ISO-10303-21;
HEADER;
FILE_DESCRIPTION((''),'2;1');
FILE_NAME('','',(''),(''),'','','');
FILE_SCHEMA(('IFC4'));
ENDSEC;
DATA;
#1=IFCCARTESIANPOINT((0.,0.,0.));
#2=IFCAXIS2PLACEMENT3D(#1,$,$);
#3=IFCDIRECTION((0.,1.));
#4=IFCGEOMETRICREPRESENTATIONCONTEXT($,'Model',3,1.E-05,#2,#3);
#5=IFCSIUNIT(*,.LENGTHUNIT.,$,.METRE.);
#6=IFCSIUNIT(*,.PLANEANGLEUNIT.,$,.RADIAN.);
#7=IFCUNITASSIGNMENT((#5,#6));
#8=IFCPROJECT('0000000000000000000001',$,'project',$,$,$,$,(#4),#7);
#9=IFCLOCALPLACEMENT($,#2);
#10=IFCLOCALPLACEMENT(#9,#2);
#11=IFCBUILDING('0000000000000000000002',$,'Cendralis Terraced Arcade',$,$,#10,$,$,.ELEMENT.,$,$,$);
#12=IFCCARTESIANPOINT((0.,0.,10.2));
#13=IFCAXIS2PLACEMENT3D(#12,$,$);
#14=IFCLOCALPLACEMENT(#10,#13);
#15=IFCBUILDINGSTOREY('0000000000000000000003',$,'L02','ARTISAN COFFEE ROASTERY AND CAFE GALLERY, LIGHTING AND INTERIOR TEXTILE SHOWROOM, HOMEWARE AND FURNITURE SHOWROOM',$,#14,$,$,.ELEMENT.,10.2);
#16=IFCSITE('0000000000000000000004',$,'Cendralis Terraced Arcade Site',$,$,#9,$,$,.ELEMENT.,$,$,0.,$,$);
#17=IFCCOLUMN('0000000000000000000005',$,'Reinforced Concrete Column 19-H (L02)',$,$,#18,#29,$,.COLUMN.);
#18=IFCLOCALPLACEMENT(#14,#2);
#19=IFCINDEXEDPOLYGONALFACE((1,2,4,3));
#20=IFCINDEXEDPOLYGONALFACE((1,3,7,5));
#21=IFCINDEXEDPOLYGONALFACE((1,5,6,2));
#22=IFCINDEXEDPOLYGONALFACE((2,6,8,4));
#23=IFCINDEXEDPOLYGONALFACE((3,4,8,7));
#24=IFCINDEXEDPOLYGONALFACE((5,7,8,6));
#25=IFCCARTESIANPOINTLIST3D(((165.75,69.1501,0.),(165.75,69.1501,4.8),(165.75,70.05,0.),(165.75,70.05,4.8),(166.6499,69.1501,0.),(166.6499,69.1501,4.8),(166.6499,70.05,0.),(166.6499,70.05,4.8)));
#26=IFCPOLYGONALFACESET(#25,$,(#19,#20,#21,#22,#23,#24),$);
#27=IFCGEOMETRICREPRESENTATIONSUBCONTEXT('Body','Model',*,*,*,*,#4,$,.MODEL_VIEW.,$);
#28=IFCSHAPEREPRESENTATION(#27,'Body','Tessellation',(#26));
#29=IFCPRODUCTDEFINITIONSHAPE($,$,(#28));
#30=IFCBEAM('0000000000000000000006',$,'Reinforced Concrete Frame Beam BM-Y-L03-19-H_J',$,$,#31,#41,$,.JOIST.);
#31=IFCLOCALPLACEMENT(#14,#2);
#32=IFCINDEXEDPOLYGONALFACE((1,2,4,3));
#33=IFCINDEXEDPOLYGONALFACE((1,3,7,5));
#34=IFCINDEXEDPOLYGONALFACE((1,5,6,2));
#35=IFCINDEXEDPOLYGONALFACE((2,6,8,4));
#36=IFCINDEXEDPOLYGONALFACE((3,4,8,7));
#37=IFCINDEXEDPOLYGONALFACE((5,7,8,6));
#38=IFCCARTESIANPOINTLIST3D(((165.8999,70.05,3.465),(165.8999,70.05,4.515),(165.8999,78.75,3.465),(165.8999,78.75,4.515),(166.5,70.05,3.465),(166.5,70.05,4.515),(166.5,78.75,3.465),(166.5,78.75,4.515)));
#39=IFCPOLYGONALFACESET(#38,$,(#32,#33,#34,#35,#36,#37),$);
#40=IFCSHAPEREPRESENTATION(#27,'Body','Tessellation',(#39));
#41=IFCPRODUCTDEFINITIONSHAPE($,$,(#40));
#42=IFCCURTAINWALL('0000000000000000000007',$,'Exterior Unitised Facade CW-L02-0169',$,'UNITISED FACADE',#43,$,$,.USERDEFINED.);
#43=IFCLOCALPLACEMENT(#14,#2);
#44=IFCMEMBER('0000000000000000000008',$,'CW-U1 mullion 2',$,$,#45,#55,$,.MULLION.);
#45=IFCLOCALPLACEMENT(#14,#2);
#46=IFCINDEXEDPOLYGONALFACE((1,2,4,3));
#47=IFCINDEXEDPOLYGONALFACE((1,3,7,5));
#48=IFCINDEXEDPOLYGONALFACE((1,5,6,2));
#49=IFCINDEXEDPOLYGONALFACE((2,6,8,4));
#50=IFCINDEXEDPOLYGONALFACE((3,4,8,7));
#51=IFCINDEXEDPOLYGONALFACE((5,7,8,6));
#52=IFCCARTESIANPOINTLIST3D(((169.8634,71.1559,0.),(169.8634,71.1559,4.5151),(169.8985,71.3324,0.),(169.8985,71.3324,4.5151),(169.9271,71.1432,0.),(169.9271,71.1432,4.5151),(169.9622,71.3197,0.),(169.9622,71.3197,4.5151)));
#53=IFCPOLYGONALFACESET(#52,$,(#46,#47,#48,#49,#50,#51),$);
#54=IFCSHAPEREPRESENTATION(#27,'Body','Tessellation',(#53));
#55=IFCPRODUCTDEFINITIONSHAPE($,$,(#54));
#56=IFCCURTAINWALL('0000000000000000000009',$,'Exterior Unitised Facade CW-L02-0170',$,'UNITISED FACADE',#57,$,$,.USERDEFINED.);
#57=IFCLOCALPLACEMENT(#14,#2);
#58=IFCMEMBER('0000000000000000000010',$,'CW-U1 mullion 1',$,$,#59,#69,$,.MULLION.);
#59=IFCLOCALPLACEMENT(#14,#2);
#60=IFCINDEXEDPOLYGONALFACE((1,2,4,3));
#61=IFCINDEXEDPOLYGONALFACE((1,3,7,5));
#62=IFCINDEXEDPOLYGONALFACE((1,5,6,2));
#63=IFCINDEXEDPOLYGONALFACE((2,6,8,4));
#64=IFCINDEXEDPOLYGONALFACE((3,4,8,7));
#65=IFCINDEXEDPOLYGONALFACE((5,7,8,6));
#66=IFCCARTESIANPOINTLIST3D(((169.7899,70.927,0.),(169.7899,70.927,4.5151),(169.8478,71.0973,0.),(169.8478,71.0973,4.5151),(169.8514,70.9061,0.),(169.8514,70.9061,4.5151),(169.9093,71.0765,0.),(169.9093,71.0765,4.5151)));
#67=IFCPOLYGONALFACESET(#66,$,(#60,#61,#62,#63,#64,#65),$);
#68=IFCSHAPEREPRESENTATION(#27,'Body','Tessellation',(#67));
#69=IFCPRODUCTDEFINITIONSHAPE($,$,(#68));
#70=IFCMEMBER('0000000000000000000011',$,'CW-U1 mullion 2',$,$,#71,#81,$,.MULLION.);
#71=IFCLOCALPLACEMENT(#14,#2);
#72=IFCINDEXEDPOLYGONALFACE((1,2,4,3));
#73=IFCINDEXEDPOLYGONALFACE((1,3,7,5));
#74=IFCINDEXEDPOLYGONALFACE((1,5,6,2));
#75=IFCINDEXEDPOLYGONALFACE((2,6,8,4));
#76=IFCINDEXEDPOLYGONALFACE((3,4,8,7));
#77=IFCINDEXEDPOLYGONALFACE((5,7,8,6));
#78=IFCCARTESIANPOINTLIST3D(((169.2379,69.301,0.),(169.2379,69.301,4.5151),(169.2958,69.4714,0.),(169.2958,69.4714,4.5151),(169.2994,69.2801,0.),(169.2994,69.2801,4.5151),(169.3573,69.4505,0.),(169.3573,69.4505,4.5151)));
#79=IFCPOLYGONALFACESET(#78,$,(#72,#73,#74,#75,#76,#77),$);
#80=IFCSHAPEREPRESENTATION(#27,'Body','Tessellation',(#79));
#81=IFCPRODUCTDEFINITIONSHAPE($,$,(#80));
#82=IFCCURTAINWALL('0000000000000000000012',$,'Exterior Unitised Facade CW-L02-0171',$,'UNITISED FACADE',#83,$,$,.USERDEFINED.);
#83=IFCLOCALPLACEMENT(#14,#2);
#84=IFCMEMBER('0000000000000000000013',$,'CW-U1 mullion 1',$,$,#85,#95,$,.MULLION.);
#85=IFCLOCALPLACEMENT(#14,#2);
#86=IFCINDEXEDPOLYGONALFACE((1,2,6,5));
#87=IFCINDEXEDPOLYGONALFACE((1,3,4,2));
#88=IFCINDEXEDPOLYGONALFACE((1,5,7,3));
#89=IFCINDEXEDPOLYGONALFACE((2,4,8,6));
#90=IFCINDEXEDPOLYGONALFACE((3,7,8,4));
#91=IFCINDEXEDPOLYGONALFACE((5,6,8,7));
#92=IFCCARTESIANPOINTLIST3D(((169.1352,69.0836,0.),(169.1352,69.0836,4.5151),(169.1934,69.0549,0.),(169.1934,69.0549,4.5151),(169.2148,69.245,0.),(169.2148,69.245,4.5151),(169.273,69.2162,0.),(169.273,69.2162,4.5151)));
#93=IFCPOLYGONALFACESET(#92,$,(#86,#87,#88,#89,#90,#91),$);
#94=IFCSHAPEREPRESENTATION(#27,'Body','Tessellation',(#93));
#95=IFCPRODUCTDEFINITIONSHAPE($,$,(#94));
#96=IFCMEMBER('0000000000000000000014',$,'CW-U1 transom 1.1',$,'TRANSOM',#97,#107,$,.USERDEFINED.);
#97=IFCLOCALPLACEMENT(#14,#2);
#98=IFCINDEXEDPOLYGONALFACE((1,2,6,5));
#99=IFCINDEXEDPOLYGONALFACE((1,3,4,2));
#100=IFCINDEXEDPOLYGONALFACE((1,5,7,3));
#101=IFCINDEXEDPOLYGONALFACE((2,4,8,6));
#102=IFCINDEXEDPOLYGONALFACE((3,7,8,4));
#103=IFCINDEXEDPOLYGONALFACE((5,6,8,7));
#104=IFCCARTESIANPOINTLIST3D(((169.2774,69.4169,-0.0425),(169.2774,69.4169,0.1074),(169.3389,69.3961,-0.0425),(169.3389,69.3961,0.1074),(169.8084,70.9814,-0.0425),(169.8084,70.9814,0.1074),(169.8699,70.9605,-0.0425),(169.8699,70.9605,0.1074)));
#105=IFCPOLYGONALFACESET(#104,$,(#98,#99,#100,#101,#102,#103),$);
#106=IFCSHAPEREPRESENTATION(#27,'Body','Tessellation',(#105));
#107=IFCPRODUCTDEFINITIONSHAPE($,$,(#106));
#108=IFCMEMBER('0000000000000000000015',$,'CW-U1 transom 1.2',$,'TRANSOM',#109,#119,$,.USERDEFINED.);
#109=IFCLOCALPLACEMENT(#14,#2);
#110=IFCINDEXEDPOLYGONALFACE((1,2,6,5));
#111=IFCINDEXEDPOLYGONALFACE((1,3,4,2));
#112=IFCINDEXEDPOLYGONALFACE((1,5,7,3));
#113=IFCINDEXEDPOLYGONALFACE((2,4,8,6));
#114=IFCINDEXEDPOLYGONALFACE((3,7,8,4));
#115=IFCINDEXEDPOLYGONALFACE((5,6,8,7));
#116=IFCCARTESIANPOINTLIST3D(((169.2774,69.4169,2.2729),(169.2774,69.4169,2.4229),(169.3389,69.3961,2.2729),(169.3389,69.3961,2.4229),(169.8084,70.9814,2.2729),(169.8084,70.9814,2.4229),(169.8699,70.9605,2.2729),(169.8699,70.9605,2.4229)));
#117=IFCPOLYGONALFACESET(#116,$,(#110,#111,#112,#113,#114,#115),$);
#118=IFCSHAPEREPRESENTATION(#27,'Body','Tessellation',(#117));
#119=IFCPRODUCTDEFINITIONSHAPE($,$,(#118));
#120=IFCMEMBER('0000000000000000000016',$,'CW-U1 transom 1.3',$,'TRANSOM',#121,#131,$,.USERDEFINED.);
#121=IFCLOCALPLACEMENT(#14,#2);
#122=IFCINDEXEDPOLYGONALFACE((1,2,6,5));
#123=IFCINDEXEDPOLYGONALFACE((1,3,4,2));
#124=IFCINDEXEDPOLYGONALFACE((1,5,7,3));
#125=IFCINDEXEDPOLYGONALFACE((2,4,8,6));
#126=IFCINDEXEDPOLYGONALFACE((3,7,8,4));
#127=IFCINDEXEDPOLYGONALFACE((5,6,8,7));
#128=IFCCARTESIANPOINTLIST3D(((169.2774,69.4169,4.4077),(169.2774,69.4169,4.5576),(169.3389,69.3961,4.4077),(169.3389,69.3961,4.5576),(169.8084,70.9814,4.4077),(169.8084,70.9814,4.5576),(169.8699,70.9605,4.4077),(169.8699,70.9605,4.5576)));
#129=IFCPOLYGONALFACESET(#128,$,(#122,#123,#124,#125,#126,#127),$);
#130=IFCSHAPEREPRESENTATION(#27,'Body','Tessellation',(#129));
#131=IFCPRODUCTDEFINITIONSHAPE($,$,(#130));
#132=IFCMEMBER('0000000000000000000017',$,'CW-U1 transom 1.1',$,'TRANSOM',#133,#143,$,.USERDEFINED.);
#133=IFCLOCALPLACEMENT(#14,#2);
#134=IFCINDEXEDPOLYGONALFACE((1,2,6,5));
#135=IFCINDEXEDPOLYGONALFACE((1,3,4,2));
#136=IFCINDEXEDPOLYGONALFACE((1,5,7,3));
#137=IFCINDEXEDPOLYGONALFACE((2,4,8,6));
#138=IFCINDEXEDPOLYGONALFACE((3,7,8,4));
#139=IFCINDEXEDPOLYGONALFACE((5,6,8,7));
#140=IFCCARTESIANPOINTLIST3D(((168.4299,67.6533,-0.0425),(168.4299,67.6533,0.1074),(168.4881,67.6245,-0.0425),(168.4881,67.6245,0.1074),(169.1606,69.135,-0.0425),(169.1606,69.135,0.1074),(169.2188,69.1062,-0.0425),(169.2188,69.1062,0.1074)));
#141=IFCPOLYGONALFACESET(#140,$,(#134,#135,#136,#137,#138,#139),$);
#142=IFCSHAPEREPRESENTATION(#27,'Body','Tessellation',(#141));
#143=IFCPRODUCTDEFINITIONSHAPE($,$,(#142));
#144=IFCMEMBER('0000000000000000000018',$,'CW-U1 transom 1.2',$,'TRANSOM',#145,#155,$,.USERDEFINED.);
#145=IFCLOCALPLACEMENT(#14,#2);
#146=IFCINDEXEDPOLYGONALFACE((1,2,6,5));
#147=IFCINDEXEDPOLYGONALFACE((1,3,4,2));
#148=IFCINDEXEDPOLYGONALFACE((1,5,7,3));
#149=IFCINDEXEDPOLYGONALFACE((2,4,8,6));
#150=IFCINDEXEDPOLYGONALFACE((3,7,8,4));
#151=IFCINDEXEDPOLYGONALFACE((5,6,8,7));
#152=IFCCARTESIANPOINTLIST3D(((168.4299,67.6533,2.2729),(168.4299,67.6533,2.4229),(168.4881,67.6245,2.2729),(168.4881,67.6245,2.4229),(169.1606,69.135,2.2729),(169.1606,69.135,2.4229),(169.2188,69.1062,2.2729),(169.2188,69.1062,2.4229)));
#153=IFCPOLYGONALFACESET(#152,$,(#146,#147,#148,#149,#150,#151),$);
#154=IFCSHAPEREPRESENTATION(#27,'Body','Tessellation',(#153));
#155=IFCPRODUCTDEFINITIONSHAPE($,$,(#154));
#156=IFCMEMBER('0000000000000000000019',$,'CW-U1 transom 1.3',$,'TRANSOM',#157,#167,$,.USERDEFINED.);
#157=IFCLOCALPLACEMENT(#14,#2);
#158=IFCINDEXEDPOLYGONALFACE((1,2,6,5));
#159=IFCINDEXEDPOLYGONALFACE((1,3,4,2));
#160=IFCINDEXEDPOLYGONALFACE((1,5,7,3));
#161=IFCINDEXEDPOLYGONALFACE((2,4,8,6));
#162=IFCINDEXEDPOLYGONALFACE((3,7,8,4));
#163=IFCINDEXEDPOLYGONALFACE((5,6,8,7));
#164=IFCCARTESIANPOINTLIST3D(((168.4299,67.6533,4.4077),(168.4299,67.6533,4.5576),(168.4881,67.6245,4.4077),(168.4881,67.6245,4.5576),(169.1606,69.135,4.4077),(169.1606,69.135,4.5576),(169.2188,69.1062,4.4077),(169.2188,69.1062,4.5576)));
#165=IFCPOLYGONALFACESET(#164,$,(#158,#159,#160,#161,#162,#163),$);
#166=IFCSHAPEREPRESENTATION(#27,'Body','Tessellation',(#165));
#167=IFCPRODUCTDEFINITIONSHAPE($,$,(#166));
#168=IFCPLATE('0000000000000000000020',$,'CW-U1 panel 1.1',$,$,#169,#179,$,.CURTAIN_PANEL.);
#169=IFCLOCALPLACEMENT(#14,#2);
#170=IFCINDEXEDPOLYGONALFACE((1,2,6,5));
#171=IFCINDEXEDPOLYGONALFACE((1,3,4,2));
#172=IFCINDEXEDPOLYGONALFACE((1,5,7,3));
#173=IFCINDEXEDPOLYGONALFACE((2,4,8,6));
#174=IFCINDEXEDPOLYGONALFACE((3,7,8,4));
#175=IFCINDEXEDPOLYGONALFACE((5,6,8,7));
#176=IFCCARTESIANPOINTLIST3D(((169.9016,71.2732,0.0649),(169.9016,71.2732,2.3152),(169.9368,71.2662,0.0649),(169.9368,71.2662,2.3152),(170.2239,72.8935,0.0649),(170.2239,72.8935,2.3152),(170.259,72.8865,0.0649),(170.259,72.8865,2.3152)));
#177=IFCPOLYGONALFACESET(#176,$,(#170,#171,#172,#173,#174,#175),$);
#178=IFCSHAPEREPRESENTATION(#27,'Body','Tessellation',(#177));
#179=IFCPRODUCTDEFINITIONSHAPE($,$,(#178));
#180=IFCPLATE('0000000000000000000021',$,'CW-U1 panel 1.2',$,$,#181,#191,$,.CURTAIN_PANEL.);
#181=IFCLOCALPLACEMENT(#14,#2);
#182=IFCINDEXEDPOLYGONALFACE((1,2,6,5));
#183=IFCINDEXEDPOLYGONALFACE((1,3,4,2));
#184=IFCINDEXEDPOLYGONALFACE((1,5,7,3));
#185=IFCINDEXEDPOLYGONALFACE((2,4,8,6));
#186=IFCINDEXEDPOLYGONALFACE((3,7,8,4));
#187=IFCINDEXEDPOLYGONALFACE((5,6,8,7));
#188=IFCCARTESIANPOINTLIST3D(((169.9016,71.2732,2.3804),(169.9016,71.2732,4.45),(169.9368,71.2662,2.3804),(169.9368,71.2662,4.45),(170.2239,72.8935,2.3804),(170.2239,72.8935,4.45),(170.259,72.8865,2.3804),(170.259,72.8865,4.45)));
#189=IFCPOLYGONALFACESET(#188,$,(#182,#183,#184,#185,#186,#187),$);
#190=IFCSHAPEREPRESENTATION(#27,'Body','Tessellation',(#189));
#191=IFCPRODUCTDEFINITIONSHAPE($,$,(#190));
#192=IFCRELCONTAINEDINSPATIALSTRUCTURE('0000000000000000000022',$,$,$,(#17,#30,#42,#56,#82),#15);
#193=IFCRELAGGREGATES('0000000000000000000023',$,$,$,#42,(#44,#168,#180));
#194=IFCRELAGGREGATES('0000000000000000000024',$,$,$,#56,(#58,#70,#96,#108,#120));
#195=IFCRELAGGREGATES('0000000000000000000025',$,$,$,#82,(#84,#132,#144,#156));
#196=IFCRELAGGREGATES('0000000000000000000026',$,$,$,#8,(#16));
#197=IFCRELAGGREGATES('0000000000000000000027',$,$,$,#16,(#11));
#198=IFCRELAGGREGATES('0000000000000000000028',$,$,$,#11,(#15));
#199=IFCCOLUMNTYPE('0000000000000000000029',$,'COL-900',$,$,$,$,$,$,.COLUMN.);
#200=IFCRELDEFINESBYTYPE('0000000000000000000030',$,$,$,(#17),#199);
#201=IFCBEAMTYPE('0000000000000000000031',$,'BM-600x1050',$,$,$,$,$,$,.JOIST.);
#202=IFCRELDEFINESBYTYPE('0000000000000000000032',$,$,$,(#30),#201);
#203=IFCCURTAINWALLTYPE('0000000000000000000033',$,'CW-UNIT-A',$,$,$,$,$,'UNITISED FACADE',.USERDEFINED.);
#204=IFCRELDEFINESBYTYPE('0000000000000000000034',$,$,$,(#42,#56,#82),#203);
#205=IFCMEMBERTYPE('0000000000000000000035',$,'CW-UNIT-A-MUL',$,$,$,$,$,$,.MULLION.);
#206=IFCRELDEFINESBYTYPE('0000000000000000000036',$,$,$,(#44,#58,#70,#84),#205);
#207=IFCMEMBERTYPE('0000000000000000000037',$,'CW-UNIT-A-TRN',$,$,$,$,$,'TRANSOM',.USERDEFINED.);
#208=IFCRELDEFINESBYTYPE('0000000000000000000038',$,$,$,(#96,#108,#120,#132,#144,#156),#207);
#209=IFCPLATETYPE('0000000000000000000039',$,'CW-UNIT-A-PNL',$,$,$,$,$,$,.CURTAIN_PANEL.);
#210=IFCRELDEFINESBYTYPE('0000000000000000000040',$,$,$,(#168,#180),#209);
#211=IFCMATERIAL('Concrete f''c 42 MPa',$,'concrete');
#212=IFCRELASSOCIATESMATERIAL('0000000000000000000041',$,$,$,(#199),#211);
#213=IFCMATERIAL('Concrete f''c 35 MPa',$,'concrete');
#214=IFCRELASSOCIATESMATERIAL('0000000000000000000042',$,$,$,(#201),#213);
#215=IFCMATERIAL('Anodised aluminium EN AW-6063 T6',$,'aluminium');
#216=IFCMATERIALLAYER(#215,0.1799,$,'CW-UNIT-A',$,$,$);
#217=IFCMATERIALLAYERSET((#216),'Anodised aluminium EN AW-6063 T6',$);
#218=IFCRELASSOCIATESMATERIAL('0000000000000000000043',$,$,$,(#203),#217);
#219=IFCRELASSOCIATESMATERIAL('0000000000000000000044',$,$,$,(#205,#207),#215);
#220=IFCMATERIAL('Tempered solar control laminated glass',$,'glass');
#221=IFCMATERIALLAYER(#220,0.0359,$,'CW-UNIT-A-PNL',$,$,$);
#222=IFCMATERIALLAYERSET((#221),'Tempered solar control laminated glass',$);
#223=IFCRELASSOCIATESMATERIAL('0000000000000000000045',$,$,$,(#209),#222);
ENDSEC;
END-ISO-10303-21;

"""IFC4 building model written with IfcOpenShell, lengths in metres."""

from ifc_helpers import new_model, si_unit, direction, frame, origin, origin_2d, place, context, subcontext, project, spatial, rectangle, extrude, material, layer, layer_set, material_profile, profile_set, type_object, element, aggregate, save


model = new_model("IFC4")

# Units and contexts
model_context = context("Model", 3, precision=1e-05, world=origin(), true_north=direction((0.0, 1.0)))
body_context = subcontext(model_context, "Body", "Model", "MODEL_VIEW")
ifc_project = project(units=[si_unit("LENGTHUNIT", "METRE"), si_unit("PLANEANGLEUNIT", "RADIAN")], contexts=[model_context])

# Site, building, storey
site_placement = place(None, origin())
site = spatial("IfcSite", under=ifc_project, at=site_placement, Name="Cendralis Terraced Arcade Site", CompositionType="ELEMENT", RefElevation=0.0)
building_placement = place(site_placement, origin())
building = spatial("IfcBuilding", under=site, at=building_placement, Name="Cendralis Terraced Arcade", CompositionType="ELEMENT")
storey_placement = place(building_placement, frame((0.0, 0.0, 10.2)))
storey = spatial("IfcBuildingStorey", under=building, at=storey_placement, Name="L02", Description="ARTISAN COFFEE ROASTERY AND CAFE GALLERY, LIGHTING AND INTERIOR TEXTILE SHOWROOM, HOMEWARE AND FURNITURE SHOWROOM", CompositionType="ELEMENT", Elevation=10.2)

# Column
ifc_material_1 = material(Name="Concrete f'c 42 MPa", Category="concrete")
ifc_material_profile_1 = material_profile(ifc_material_1, rectangle(XDim=0.8999, YDim=0.8999, at=origin_2d()), Name="RC-COL-900x900", Category="LoadBearing")
ifc_profile_set_1 = profile_set([ifc_material_profile_1], Name="Concrete f'c 42 MPa")
column_type = type_object("IfcColumnType", Name="COL-900", PredefinedType="COLUMN", material=ifc_profile_set_1)
column_placement = place(storey_placement, frame((166.2, 69.6001, 0.0), z_axis=(0.0, 0.0, 1.0), x_axis=(1.0, 0.0, 0.0)))
element("IfcColumn", 1, at=column_placement, inside=storey, type_object=column_type, Name="Reinforced Concrete Column 19-H (L02)", PredefinedType="COLUMN", context=body_context, shape_type="SweptSolid", body=[
    extrude(rectangle(XDim=0.8999, YDim=0.8999, at=origin_2d()), origin(), (0.0, 0.0, 1.0), 4.8),
])

# Beam
ifc_material_2 = material(Name="Concrete f'c 35 MPa", Category="concrete")
ifc_material_profile_2 = material_profile(ifc_material_2, rectangle(XDim=0.6001, YDim=1.05, at=origin_2d()), Name="RC-BM-600x1050", Category="LoadBearing")
ifc_profile_set_2 = profile_set([ifc_material_profile_2], Name="Concrete f'c 35 MPa")
beam_type = type_object("IfcBeamType", Name="BM-600x1050", PredefinedType="JOIST", material=ifc_profile_set_2)
beam_placement = place(storey_placement, frame((166.2, 70.05, 3.99), z_axis=(0.0, 1.0, 0.0), x_axis=(-1.0, 0.0, 0.0)))
element("IfcBeam", 2, at=beam_placement, inside=storey, type_object=beam_type, Name="Reinforced Concrete Frame Beam BM-Y-L03-19-H_J", PredefinedType="JOIST", context=body_context, shape_type="SweptSolid", body=[
    extrude(rectangle(XDim=0.6001, YDim=1.05, at=origin_2d()), origin(), (0.0, 0.0, 1.0), 8.7),
])

# Curtain wall, member
ifc_material_3 = material(Name="Anodised aluminium EN AW-6063 T6", Category="aluminium")
ifc_layer_1 = layer(ifc_material_3, 0.1799, Name="CW-UNIT-A")
ifc_layer_set_1 = layer_set([ifc_layer_1], Name="Anodised aluminium EN AW-6063 T6")
curtain_wall_type = type_object("IfcCurtainWallType", Name="CW-UNIT-A", ElementType="UNITISED FACADE", PredefinedType="USERDEFINED", material=ifc_layer_set_1)
curtain_wall_1_placement = place(storey_placement, origin())
curtain_wall_1 = element("IfcCurtainWall", 3, at=curtain_wall_1_placement, inside=storey, type_object=curtain_wall_type, Name="Exterior Unitised Facade CW-L02-0169", ObjectType="UNITISED FACADE", PredefinedType="USERDEFINED")
ifc_material_profile_3 = material_profile(ifc_material_3, rectangle(XDim=0.0649, YDim=0.1799, at=origin_2d()), Name="ALU-MUL-65x180")
ifc_profile_set_3 = profile_set([ifc_material_profile_3], Name="Anodised aluminium EN AW-6063 T6")
member_type_1 = type_object("IfcMemberType", Name="CW-UNIT-A-MUL", PredefinedType="MULLION", material=ifc_profile_set_3)
member_1_placement = place(storey_placement, frame((169.9128, 71.2378, 0.0), z_axis=(0.0, 0.0, 1.0), x_axis=(0.980792, -0.195058, 0.0)))
member_1 = element("IfcMember", 4, at=member_1_placement, type_object=member_type_1, Name="CW-U1 mullion 2", PredefinedType="MULLION", context=body_context, shape_type="SweptSolid", body=[
    extrude(rectangle(XDim=0.0649, YDim=0.1799, at=origin_2d()), origin(), (0.0, 0.0, 1.0), 4.5151),
])

# Curtain wall, members
curtain_wall_2_placement = place(storey_placement, origin())
curtain_wall_2 = element("IfcCurtainWall", 5, at=curtain_wall_2_placement, inside=storey, type_object=curtain_wall_type, Name="Exterior Unitised Facade CW-L02-0170", ObjectType="UNITISED FACADE", PredefinedType="USERDEFINED")
member_2_placement = place(storey_placement, frame((169.8496, 71.0017, 0.0), z_axis=(0.0, 0.0, 1.0), x_axis=(0.946924, -0.321458, 0.0)))
member_2 = element("IfcMember", 6, at=member_2_placement, type_object=member_type_1, Name="CW-U1 mullion 1", PredefinedType="MULLION", context=body_context, shape_type="SweptSolid", body=[
    extrude(rectangle(XDim=0.0649, YDim=0.1799, at=origin_2d()), origin(), (0.0, 0.0, 1.0), 4.5151),
])
member_3_placement = place(storey_placement, frame((169.2976, 69.3757, 0.0), z_axis=(0.0, 0.0, 1.0), x_axis=(0.946924, -0.321458, 0.0)))
member_3 = element("IfcMember", 7, at=member_3_placement, type_object=member_type_1, Name="CW-U1 mullion 2", PredefinedType="MULLION", context=body_context, shape_type="SweptSolid", body=[
    extrude(rectangle(XDim=0.0649, YDim=0.1799, at=origin_2d()), origin(), (0.0, 0.0, 1.0), 4.5151),
])

# Curtain wall, member
curtain_wall_3_placement = place(storey_placement, origin())
curtain_wall_3 = element("IfcCurtainWall", 8, at=curtain_wall_3_placement, inside=storey, type_object=curtain_wall_type, Name="Exterior Unitised Facade CW-L02-0171", ObjectType="UNITISED FACADE", PredefinedType="USERDEFINED")
member_4_placement = place(storey_placement, frame((169.2041, 69.1499, 0.0), z_axis=(0.0, 0.0, 1.0), x_axis=(0.896871, -0.442291, 0.0)))
member_4 = element("IfcMember", 9, at=member_4_placement, type_object=member_type_1, Name="CW-U1 mullion 1", PredefinedType="MULLION", context=body_context, shape_type="SweptSolid", body=[
    extrude(rectangle(XDim=0.0649, YDim=0.1799, at=origin_2d()), origin(), (0.0, 0.0, 1.0), 4.5151),
])

# Members
ifc_material_profile_4 = material_profile(ifc_material_3, rectangle(XDim=0.0649, YDim=0.1499, at=origin_2d()), Name="ALU-TRN-65x150")
ifc_profile_set_4 = profile_set([ifc_material_profile_4], Name="Anodised aluminium EN AW-6063 T6")
member_type_2 = type_object("IfcMemberType", Name="CW-UNIT-A-TRN", ElementType="TRANSOM", PredefinedType="USERDEFINED", material=ifc_profile_set_4)
member_5_placement = place(storey_placement, frame((169.8391, 70.9709, 0.0325), z_axis=(-0.32141, -0.94694, 0.0), x_axis=(0.94694, -0.32141, 0.0)))
member_5 = element("IfcMember", 10, at=member_5_placement, type_object=member_type_2, Name="CW-U1 transom 1.1", ObjectType="TRANSOM", PredefinedType="USERDEFINED", context=body_context, shape_type="SweptSolid", body=[
    extrude(rectangle(XDim=0.0649, YDim=0.1499, at=origin_2d()), origin(), (0.0, 0.0, 1.0), 1.6521),
])
member_6_placement = place(storey_placement, frame((169.8391, 70.9709, 2.3479), z_axis=(-0.32141, -0.94694, 0.0), x_axis=(0.94694, -0.32141, 0.0)))
member_6 = element("IfcMember", 11, at=member_6_placement, type_object=member_type_2, Name="CW-U1 transom 1.2", ObjectType="TRANSOM", PredefinedType="USERDEFINED", context=body_context, shape_type="SweptSolid", body=[
    extrude(rectangle(XDim=0.0649, YDim=0.1499, at=origin_2d()), origin(), (0.0, 0.0, 1.0), 1.6521),
])
member_7_placement = place(storey_placement, frame((169.8391, 70.9709, 4.4827), z_axis=(-0.32141, -0.94694, 0.0), x_axis=(0.94694, -0.32141, 0.0)))
member_7 = element("IfcMember", 12, at=member_7_placement, type_object=member_type_2, Name="CW-U1 transom 1.3", ObjectType="TRANSOM", PredefinedType="USERDEFINED", context=body_context, shape_type="SweptSolid", body=[
    extrude(rectangle(XDim=0.0649, YDim=0.1499, at=origin_2d()), origin(), (0.0, 0.0, 1.0), 1.6521),
])
member_8_placement = place(storey_placement, frame((169.1897, 69.1206, 0.0325), z_axis=(-0.442301, -0.896867, 0.0), x_axis=(0.896867, -0.442301, 0.0)))
member_8 = element("IfcMember", 13, at=member_8_placement, type_object=member_type_2, Name="CW-U1 transom 1.1", ObjectType="TRANSOM", PredefinedType="USERDEFINED", context=body_context, shape_type="SweptSolid", body=[
    extrude(rectangle(XDim=0.0649, YDim=0.1499, at=origin_2d()), origin(), (0.0, 0.0, 1.0), 1.6521),
])
member_9_placement = place(storey_placement, frame((169.1897, 69.1206, 2.3479), z_axis=(-0.442301, -0.896867, 0.0), x_axis=(0.896867, -0.442301, 0.0)))
member_9 = element("IfcMember", 14, at=member_9_placement, type_object=member_type_2, Name="CW-U1 transom 1.2", ObjectType="TRANSOM", PredefinedType="USERDEFINED", context=body_context, shape_type="SweptSolid", body=[
    extrude(rectangle(XDim=0.0649, YDim=0.1499, at=origin_2d()), origin(), (0.0, 0.0, 1.0), 1.6521),
])
member_10_placement = place(storey_placement, frame((169.1897, 69.1206, 4.4827), z_axis=(-0.442301, -0.896867, 0.0), x_axis=(0.896867, -0.442301, 0.0)))
member_10 = element("IfcMember", 15, at=member_10_placement, type_object=member_type_2, Name="CW-U1 transom 1.3", ObjectType="TRANSOM", PredefinedType="USERDEFINED", context=body_context, shape_type="SweptSolid", body=[
    extrude(rectangle(XDim=0.0649, YDim=0.1499, at=origin_2d()), origin(), (0.0, 0.0, 1.0), 1.6521),
])

# Plates
ifc_material_4 = material(Name="Tempered solar control laminated glass", Category="glass")
ifc_layer_2 = layer(ifc_material_4, 0.0359, Name="CW-UNIT-A-PNL")
ifc_layer_set_2 = layer_set([ifc_layer_2], Name="Tempered solar control laminated glass")
plate_type = type_object("IfcPlateType", Name="CW-UNIT-A-PNL", PredefinedType="CURTAIN_PANEL", material=ifc_layer_set_2)
plate_1_placement = place(storey_placement, frame((170.0803, 72.0798, 0.0649), z_axis=(0.0, 0.0, 1.0), x_axis=(-0.195058, -0.980792, 0.0)))
plate_1 = element("IfcPlate", 16, at=plate_1_placement, type_object=plate_type, Name="CW-U1 panel 1.1", PredefinedType="CURTAIN_PANEL", context=body_context, shape_type="SweptSolid", body=[
    extrude(rectangle(XDim=1.6521, YDim=0.0359, at=origin_2d()), origin(), (0.0, 0.0, 1.0), 2.2502),
])
plate_2_placement = place(storey_placement, frame((170.0803, 72.0798, 2.3804), z_axis=(0.0, 0.0, 1.0), x_axis=(-0.195058, -0.980792, 0.0)))
plate_2 = element("IfcPlate", 17, at=plate_2_placement, type_object=plate_type, Name="CW-U1 panel 1.2", PredefinedType="CURTAIN_PANEL", context=body_context, shape_type="SweptSolid", body=[
    extrude(rectangle(XDim=1.6521, YDim=0.0359, at=origin_2d()), origin(), (0.0, 0.0, 1.0), 2.0696),
])
aggregate(curtain_wall_1, [member_1, plate_1, plate_2])
aggregate(curtain_wall_2, [member_2, member_3, member_5, member_6, member_7])
aggregate(curtain_wall_3, [member_4, member_8, member_9, member_10])

save(model, "model.ifc")
